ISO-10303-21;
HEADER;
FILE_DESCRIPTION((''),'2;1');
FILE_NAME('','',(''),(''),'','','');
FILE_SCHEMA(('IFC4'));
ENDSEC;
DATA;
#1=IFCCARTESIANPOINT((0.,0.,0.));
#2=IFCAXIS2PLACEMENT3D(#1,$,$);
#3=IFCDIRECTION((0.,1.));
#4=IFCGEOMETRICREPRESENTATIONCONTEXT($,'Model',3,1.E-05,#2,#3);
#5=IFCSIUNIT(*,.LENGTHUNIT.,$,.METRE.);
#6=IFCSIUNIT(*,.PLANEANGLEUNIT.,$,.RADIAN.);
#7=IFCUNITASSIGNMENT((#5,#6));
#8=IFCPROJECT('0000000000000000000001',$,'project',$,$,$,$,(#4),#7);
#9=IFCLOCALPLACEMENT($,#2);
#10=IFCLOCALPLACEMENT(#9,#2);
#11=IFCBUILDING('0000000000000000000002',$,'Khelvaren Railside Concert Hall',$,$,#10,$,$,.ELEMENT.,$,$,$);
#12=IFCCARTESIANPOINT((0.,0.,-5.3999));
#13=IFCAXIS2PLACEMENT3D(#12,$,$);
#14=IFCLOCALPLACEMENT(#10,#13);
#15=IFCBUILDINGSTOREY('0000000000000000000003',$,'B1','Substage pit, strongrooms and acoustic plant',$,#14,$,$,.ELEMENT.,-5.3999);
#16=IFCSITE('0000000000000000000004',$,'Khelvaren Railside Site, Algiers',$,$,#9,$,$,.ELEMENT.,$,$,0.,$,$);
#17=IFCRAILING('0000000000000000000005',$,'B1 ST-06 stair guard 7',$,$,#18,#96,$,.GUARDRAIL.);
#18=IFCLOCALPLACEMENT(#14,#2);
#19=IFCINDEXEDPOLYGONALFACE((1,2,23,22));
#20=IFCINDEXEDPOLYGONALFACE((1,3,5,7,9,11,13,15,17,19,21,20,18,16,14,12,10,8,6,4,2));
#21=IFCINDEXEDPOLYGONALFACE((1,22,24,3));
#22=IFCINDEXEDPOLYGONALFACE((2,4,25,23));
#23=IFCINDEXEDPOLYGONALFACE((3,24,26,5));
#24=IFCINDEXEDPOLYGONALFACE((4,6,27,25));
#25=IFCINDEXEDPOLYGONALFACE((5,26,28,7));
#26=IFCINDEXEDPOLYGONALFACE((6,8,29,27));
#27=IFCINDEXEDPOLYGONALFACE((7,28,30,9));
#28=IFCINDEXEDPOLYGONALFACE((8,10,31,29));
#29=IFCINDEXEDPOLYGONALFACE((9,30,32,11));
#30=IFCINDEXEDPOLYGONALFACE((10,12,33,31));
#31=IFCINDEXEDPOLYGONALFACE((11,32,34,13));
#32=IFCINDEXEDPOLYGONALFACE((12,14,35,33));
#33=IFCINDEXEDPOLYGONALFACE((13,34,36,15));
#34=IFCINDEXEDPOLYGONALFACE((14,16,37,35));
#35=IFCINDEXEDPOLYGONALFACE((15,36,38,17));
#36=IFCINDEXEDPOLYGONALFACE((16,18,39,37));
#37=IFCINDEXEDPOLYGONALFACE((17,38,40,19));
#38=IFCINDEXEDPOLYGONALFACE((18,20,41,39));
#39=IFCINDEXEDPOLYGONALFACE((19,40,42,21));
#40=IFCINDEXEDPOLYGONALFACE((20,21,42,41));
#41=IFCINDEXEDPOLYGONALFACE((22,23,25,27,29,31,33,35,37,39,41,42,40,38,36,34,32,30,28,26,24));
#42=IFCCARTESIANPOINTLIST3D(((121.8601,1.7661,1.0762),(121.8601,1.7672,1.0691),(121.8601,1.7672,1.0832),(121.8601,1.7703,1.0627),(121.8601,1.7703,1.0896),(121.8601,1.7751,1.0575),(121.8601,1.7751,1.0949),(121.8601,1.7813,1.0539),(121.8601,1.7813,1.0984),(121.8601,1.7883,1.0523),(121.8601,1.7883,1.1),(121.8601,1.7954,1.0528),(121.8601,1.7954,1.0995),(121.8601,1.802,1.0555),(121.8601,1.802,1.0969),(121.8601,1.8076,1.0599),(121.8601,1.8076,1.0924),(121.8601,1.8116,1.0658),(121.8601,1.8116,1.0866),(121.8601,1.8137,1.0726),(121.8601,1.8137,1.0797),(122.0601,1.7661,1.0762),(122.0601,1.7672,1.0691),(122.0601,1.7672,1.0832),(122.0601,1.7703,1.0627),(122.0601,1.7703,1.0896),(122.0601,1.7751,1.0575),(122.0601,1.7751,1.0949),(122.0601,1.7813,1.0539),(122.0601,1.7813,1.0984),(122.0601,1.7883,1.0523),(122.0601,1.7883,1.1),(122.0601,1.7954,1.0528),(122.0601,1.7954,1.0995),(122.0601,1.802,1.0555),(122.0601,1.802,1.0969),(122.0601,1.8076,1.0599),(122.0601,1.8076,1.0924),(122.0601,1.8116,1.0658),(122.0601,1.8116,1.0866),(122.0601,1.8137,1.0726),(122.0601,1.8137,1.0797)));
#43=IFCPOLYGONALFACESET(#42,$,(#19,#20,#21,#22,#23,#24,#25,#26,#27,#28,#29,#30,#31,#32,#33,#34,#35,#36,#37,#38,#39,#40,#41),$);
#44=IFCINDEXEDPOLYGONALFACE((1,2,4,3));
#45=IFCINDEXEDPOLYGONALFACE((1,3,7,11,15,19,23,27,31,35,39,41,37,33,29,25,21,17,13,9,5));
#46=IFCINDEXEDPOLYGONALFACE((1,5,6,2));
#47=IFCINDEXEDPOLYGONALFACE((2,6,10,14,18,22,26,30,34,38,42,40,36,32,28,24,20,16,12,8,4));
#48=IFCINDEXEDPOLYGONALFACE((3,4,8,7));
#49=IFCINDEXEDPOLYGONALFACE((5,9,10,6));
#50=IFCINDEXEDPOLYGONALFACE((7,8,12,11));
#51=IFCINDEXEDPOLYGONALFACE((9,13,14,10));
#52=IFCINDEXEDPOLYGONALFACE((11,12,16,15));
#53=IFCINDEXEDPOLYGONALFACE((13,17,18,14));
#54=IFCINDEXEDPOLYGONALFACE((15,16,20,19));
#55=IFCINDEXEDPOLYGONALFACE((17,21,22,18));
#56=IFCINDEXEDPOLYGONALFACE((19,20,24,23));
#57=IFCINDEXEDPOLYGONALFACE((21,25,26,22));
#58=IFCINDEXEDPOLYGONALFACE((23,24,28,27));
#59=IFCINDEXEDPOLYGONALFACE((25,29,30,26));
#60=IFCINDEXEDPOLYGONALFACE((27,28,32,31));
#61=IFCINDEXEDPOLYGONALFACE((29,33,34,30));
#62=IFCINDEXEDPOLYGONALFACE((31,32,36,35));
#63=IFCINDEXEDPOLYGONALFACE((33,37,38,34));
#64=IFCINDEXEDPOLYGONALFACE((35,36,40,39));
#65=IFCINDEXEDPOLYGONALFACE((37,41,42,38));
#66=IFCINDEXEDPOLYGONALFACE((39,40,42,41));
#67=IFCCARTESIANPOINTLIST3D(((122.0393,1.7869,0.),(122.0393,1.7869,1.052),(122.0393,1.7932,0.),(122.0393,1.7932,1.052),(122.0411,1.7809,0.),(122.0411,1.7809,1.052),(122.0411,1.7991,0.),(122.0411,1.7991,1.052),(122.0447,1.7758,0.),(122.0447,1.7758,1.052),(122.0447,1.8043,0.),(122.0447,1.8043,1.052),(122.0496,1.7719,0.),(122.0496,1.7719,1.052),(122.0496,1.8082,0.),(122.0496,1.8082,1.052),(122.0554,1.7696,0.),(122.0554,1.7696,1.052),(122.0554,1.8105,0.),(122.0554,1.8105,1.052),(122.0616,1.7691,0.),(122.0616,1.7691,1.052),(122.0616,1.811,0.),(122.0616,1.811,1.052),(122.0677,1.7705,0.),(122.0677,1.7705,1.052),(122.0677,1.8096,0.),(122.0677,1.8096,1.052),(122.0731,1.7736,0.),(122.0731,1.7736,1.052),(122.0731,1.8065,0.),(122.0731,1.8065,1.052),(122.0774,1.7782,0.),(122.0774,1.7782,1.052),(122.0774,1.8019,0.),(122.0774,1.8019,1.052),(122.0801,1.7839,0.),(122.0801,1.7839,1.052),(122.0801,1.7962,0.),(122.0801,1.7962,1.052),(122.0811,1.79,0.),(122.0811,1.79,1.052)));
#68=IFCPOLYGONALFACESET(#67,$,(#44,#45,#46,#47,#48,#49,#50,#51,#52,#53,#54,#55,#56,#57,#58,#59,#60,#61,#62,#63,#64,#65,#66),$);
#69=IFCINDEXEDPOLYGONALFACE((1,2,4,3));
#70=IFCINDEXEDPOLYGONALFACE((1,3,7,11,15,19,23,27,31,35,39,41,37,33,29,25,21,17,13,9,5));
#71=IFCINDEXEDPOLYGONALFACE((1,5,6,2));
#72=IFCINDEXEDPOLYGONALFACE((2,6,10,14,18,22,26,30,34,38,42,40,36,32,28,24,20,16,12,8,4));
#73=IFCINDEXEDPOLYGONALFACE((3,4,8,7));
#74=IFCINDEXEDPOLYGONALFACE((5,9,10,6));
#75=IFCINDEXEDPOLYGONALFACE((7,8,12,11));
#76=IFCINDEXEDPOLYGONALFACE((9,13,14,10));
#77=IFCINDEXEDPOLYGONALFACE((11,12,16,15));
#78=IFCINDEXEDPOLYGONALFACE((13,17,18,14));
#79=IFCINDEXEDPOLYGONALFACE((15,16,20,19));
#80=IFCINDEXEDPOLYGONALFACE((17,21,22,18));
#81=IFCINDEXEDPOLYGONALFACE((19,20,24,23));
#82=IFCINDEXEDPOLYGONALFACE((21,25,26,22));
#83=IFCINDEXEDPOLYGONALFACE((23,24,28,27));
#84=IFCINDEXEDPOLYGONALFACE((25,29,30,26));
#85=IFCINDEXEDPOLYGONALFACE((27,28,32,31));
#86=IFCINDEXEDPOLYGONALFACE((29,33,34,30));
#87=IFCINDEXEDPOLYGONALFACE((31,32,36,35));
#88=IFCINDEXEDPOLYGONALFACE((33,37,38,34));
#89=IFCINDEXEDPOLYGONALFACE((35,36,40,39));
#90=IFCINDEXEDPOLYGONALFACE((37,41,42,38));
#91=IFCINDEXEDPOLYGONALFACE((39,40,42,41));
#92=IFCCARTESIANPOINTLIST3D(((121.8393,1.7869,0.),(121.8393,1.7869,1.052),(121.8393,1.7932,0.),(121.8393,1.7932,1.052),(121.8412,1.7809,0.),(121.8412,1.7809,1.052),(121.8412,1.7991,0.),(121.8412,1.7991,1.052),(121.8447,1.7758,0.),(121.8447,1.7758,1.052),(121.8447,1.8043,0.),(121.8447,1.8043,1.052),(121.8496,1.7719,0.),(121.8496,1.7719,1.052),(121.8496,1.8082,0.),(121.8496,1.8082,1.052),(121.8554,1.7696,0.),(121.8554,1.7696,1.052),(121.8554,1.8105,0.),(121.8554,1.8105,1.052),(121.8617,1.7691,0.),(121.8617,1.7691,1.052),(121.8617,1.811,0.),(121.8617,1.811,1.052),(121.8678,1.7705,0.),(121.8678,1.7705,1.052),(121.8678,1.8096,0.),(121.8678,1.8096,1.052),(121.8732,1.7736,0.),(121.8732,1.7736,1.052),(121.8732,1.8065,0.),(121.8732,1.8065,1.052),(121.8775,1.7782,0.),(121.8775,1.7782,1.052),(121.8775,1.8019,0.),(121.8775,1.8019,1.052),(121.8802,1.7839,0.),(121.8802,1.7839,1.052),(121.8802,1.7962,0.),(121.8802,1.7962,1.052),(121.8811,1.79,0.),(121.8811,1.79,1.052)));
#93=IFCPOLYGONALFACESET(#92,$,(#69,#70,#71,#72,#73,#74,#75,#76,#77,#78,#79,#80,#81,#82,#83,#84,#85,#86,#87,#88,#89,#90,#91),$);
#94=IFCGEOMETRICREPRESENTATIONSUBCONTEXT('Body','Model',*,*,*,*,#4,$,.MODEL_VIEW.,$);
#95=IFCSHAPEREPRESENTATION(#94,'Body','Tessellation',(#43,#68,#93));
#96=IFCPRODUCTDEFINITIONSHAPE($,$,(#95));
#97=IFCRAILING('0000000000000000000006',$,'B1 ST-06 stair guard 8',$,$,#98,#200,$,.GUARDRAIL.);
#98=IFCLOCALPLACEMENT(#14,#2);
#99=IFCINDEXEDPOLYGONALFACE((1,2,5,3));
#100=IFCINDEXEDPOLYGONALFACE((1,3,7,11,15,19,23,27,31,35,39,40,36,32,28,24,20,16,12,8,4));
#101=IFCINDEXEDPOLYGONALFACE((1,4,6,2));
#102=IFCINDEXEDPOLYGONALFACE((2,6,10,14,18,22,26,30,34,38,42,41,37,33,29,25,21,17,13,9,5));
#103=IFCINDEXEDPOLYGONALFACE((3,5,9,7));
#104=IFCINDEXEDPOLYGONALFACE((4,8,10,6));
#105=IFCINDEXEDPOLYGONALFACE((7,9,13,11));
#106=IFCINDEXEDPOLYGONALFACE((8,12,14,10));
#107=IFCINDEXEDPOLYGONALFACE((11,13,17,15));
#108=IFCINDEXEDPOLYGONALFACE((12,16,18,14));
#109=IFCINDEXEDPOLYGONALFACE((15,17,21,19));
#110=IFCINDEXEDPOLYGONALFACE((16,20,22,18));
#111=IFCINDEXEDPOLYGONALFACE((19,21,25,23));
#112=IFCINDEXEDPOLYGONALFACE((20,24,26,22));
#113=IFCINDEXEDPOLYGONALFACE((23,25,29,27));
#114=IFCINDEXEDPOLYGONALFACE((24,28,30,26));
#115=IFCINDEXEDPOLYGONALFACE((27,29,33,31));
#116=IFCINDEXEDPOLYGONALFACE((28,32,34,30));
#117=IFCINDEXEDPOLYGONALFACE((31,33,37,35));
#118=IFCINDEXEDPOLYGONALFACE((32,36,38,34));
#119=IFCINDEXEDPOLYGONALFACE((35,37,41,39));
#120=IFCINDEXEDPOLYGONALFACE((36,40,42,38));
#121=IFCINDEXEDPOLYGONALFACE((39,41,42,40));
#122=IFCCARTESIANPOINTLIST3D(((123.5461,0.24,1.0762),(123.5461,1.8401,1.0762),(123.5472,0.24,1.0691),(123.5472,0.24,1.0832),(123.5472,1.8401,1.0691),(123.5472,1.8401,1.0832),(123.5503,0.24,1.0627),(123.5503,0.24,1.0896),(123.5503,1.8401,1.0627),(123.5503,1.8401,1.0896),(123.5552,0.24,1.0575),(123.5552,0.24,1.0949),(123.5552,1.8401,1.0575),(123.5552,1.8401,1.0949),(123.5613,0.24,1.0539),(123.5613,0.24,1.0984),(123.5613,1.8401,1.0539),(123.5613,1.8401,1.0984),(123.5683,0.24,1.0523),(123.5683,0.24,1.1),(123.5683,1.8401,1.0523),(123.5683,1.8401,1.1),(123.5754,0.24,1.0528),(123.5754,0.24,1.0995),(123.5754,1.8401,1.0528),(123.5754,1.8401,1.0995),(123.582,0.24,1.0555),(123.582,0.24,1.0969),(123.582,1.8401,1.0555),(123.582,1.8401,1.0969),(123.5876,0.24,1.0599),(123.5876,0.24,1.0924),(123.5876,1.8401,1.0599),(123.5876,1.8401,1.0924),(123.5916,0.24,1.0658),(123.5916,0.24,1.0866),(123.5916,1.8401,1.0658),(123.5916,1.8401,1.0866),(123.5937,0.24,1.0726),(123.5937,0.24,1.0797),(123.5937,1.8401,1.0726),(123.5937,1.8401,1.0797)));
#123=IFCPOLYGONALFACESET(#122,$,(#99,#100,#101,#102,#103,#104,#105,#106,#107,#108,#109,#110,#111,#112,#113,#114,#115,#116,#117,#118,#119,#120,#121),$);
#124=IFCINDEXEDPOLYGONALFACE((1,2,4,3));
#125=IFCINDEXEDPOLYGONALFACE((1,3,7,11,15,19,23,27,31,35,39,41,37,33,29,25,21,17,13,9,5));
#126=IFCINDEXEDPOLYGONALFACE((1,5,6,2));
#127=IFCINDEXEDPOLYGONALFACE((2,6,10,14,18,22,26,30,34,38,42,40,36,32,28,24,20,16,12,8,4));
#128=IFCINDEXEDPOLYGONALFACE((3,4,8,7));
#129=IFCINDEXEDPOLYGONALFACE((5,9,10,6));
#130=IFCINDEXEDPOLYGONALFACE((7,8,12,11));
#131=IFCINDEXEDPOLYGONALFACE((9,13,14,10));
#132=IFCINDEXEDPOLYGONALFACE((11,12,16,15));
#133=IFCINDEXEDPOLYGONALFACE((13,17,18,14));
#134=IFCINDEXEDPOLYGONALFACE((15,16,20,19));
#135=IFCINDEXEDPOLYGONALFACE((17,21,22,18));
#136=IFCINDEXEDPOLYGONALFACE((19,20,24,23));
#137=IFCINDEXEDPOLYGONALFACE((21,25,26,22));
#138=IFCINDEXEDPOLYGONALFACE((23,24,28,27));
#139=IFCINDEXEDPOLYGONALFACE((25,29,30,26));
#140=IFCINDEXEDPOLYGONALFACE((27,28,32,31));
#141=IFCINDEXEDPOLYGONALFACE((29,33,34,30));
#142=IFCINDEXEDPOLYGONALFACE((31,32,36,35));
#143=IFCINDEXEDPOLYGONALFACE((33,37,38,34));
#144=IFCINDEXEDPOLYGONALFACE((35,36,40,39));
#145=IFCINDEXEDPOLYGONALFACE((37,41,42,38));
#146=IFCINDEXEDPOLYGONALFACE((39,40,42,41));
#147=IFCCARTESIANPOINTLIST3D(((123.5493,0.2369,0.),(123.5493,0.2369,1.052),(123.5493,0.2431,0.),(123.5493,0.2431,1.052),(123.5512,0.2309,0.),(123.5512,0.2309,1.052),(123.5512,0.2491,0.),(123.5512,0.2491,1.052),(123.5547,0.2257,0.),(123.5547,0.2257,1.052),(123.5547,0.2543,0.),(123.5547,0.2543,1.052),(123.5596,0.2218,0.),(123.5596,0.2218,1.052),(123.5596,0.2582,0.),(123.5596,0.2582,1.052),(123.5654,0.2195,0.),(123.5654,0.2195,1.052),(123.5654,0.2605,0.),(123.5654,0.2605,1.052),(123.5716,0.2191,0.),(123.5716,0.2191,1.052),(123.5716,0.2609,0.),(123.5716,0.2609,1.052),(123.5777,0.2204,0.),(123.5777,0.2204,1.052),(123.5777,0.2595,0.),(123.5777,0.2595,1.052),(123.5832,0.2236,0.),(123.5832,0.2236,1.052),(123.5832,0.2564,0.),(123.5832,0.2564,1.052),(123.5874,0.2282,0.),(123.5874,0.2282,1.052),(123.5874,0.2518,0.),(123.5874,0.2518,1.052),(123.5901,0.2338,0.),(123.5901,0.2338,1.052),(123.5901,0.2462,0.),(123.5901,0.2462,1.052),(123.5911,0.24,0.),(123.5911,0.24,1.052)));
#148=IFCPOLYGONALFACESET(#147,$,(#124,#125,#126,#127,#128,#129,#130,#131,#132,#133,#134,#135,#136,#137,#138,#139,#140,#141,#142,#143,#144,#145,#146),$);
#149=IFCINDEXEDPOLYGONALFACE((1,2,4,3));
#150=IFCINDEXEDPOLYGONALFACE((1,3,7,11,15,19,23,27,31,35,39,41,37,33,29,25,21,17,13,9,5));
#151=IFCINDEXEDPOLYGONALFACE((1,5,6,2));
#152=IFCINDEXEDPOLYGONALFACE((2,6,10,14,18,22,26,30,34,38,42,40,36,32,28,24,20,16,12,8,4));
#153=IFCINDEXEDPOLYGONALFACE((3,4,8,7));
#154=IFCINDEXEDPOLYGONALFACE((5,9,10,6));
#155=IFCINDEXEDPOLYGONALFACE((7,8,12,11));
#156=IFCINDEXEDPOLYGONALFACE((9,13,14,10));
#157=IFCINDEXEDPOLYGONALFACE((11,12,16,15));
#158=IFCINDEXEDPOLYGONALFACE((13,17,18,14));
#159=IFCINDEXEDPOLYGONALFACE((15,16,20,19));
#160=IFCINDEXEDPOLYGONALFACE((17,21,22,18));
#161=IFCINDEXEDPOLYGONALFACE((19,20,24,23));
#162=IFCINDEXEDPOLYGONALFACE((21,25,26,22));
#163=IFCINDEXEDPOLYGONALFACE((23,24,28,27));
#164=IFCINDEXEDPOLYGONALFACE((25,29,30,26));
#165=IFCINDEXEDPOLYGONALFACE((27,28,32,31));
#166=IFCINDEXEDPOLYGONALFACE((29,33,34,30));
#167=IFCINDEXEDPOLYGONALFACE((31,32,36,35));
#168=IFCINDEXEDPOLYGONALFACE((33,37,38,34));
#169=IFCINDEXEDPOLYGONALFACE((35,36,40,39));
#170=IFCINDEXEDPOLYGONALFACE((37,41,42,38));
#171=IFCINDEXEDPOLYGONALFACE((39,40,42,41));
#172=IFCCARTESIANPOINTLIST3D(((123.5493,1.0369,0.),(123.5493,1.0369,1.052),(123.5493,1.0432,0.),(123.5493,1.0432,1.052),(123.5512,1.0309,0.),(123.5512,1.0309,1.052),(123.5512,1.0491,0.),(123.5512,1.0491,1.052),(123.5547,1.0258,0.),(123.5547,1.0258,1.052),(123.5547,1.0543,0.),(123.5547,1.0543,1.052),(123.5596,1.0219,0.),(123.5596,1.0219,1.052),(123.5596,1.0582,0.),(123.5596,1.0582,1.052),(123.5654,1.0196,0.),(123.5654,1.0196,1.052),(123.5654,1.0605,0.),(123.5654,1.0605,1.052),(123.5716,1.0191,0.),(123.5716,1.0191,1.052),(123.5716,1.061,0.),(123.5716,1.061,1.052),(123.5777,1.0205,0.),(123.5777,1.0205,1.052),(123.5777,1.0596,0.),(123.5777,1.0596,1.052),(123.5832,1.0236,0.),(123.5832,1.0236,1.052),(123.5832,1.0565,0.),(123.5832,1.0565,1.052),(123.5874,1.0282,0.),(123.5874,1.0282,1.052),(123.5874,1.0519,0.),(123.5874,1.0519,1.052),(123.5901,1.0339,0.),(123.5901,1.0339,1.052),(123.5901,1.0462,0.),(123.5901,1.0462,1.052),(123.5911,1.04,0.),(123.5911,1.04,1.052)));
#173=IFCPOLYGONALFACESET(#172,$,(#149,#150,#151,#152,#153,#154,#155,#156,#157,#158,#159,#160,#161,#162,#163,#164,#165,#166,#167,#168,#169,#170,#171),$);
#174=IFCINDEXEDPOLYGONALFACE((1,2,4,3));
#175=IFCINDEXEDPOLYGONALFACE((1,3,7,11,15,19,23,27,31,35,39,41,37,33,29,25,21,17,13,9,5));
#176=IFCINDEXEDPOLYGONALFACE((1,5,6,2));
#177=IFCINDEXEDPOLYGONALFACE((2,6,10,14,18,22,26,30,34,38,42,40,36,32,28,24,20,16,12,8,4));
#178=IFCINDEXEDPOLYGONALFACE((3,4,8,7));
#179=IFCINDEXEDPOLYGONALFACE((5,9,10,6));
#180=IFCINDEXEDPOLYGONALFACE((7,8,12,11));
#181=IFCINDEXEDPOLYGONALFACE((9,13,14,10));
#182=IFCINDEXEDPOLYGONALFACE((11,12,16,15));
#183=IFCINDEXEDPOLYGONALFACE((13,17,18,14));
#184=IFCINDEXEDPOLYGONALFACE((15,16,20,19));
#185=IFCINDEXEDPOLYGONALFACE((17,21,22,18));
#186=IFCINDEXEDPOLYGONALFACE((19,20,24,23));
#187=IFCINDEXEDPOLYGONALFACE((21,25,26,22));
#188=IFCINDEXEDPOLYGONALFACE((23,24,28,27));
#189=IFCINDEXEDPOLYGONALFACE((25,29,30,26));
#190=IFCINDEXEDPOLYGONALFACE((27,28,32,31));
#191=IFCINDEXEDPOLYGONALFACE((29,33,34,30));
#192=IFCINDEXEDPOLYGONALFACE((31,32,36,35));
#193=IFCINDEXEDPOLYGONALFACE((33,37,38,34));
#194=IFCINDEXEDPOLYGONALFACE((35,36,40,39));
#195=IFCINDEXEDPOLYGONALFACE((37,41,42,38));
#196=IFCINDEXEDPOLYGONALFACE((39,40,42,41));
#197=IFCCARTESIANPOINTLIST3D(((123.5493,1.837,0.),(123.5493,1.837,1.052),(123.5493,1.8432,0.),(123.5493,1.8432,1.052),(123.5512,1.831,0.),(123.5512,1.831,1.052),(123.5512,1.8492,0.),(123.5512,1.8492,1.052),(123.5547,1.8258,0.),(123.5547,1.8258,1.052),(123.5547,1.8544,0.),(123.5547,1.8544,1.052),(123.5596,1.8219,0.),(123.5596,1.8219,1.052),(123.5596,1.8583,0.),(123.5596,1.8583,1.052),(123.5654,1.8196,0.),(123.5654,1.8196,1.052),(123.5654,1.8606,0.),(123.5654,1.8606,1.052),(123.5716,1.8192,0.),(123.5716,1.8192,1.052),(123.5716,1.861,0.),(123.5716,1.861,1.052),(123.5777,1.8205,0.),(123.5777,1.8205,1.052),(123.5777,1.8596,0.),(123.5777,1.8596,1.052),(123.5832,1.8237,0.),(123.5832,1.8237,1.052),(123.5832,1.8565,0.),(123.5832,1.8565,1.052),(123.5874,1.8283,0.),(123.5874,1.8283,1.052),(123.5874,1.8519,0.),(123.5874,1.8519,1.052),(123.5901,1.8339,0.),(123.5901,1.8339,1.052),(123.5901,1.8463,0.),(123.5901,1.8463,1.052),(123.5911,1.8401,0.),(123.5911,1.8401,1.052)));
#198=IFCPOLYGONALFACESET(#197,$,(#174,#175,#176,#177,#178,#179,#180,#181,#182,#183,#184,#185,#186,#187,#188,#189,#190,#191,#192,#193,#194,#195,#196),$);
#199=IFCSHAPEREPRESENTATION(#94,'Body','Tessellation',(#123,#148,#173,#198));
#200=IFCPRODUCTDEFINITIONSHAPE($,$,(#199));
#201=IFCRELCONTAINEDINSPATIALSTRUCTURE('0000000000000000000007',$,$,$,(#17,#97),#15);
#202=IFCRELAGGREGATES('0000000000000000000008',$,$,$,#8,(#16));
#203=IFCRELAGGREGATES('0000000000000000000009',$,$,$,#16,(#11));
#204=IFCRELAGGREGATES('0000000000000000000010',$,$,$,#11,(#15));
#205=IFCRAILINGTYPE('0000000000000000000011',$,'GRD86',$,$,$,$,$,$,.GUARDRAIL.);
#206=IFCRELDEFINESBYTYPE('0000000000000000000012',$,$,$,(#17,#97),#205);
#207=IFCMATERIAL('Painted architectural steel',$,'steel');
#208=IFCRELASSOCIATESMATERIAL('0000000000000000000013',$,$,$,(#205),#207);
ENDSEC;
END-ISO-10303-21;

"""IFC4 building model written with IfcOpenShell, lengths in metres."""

from ifc_helpers import new_model, si_unit, direction, frame, origin, origin_2d, place, context, subcontext, project, spatial, circle, extrude, material, type_object, element, save


model = new_model("IFC4")

# Units and contexts
model_context = context("Model", 3, precision=1e-05, world=origin(), true_north=direction((0.0, 1.0)))
body_context = subcontext(model_context, "Body", "Model", "MODEL_VIEW")
ifc_project = project(units=[si_unit("LENGTHUNIT", "METRE"), si_unit("PLANEANGLEUNIT", "RADIAN")], contexts=[model_context])

# Site, building, storey
site_placement = place(None, origin())
site = spatial("IfcSite", under=ifc_project, at=site_placement, Name="Khelvaren Railside Site, Algiers", CompositionType="ELEMENT", RefElevation=0.0)
building_placement = place(site_placement, origin())
building = spatial("IfcBuilding", under=site, at=building_placement, Name="Khelvaren Railside Concert Hall", CompositionType="ELEMENT")
storey_placement = place(building_placement, frame((0.0, 0.0, -5.3999)))
storey = spatial("IfcBuildingStorey", under=building, at=storey_placement, Name="B1", Description="Substage pit, strongrooms and acoustic plant", CompositionType="ELEMENT", Elevation=-5.3999)

# Railings
ifc_material_1 = material(Name="Painted architectural steel", Category="steel")
railing_type_1 = type_object("IfcRailingType", Name="GRD86", PredefinedType="GUARDRAIL", material=ifc_material_1)
railing_1_placement = place(storey_placement, frame((122.0601, 1.79, 0.0)))
element("IfcRailing", 1, at=railing_1_placement, inside=storey, type_object=railing_type_1, Name="B1 ST-06 stair guard 7", PredefinedType="GUARDRAIL", context=body_context, shape_type="SweptSolid", body=[
    extrude(circle(Radius=0.0239, at=origin_2d()), frame((0.0, 0.0, 1.0762), z_axis=(-1.0, 0.0, 0.0), x_axis=(0.0, -1.0, 0.0)), (0.0, 0.0, 1.0), 0.2),
    extrude(circle(Radius=0.021, at=origin_2d()), origin(), (0.0, 0.0, 1.0), 1.052),
    extrude(circle(Radius=0.021, at=origin_2d()), frame((-0.2, 0.0, 0.0)), (0.0, 0.0, 1.0), 1.052),
])
for number, where, name in (
    (2, (123.5701, 0.24, 0.0), "B1 ST-06 stair guard 8"),
):
    element("IfcRailing", number, at=place(storey_placement, frame(where)), inside=storey, type_object=railing_type_1, Name=name, PredefinedType="GUARDRAIL", context=body_context, shape_type="SweptSolid", body=[
        extrude(circle(Radius=0.0239, at=origin_2d()), frame((0.0, 0.0, 1.0762), z_axis=(0.0, 1.0, 0.0), x_axis=(-1.0, 0.0, 0.0)), (0.0, 0.0, 1.0), 1.6001),
        extrude(circle(Radius=0.021, at=origin_2d()), origin(), (0.0, 0.0, 1.0), 1.052),
        extrude(circle(Radius=0.021, at=origin_2d()), frame((0.0, 0.8, 0.0)), (0.0, 0.0, 1.0), 1.052),
        extrude(circle(Radius=0.021, at=origin_2d()), frame((0.0, 1.6001, 0.0)), (0.0, 0.0, 1.0), 1.052),
    ])

save(model, "model.ifc")
